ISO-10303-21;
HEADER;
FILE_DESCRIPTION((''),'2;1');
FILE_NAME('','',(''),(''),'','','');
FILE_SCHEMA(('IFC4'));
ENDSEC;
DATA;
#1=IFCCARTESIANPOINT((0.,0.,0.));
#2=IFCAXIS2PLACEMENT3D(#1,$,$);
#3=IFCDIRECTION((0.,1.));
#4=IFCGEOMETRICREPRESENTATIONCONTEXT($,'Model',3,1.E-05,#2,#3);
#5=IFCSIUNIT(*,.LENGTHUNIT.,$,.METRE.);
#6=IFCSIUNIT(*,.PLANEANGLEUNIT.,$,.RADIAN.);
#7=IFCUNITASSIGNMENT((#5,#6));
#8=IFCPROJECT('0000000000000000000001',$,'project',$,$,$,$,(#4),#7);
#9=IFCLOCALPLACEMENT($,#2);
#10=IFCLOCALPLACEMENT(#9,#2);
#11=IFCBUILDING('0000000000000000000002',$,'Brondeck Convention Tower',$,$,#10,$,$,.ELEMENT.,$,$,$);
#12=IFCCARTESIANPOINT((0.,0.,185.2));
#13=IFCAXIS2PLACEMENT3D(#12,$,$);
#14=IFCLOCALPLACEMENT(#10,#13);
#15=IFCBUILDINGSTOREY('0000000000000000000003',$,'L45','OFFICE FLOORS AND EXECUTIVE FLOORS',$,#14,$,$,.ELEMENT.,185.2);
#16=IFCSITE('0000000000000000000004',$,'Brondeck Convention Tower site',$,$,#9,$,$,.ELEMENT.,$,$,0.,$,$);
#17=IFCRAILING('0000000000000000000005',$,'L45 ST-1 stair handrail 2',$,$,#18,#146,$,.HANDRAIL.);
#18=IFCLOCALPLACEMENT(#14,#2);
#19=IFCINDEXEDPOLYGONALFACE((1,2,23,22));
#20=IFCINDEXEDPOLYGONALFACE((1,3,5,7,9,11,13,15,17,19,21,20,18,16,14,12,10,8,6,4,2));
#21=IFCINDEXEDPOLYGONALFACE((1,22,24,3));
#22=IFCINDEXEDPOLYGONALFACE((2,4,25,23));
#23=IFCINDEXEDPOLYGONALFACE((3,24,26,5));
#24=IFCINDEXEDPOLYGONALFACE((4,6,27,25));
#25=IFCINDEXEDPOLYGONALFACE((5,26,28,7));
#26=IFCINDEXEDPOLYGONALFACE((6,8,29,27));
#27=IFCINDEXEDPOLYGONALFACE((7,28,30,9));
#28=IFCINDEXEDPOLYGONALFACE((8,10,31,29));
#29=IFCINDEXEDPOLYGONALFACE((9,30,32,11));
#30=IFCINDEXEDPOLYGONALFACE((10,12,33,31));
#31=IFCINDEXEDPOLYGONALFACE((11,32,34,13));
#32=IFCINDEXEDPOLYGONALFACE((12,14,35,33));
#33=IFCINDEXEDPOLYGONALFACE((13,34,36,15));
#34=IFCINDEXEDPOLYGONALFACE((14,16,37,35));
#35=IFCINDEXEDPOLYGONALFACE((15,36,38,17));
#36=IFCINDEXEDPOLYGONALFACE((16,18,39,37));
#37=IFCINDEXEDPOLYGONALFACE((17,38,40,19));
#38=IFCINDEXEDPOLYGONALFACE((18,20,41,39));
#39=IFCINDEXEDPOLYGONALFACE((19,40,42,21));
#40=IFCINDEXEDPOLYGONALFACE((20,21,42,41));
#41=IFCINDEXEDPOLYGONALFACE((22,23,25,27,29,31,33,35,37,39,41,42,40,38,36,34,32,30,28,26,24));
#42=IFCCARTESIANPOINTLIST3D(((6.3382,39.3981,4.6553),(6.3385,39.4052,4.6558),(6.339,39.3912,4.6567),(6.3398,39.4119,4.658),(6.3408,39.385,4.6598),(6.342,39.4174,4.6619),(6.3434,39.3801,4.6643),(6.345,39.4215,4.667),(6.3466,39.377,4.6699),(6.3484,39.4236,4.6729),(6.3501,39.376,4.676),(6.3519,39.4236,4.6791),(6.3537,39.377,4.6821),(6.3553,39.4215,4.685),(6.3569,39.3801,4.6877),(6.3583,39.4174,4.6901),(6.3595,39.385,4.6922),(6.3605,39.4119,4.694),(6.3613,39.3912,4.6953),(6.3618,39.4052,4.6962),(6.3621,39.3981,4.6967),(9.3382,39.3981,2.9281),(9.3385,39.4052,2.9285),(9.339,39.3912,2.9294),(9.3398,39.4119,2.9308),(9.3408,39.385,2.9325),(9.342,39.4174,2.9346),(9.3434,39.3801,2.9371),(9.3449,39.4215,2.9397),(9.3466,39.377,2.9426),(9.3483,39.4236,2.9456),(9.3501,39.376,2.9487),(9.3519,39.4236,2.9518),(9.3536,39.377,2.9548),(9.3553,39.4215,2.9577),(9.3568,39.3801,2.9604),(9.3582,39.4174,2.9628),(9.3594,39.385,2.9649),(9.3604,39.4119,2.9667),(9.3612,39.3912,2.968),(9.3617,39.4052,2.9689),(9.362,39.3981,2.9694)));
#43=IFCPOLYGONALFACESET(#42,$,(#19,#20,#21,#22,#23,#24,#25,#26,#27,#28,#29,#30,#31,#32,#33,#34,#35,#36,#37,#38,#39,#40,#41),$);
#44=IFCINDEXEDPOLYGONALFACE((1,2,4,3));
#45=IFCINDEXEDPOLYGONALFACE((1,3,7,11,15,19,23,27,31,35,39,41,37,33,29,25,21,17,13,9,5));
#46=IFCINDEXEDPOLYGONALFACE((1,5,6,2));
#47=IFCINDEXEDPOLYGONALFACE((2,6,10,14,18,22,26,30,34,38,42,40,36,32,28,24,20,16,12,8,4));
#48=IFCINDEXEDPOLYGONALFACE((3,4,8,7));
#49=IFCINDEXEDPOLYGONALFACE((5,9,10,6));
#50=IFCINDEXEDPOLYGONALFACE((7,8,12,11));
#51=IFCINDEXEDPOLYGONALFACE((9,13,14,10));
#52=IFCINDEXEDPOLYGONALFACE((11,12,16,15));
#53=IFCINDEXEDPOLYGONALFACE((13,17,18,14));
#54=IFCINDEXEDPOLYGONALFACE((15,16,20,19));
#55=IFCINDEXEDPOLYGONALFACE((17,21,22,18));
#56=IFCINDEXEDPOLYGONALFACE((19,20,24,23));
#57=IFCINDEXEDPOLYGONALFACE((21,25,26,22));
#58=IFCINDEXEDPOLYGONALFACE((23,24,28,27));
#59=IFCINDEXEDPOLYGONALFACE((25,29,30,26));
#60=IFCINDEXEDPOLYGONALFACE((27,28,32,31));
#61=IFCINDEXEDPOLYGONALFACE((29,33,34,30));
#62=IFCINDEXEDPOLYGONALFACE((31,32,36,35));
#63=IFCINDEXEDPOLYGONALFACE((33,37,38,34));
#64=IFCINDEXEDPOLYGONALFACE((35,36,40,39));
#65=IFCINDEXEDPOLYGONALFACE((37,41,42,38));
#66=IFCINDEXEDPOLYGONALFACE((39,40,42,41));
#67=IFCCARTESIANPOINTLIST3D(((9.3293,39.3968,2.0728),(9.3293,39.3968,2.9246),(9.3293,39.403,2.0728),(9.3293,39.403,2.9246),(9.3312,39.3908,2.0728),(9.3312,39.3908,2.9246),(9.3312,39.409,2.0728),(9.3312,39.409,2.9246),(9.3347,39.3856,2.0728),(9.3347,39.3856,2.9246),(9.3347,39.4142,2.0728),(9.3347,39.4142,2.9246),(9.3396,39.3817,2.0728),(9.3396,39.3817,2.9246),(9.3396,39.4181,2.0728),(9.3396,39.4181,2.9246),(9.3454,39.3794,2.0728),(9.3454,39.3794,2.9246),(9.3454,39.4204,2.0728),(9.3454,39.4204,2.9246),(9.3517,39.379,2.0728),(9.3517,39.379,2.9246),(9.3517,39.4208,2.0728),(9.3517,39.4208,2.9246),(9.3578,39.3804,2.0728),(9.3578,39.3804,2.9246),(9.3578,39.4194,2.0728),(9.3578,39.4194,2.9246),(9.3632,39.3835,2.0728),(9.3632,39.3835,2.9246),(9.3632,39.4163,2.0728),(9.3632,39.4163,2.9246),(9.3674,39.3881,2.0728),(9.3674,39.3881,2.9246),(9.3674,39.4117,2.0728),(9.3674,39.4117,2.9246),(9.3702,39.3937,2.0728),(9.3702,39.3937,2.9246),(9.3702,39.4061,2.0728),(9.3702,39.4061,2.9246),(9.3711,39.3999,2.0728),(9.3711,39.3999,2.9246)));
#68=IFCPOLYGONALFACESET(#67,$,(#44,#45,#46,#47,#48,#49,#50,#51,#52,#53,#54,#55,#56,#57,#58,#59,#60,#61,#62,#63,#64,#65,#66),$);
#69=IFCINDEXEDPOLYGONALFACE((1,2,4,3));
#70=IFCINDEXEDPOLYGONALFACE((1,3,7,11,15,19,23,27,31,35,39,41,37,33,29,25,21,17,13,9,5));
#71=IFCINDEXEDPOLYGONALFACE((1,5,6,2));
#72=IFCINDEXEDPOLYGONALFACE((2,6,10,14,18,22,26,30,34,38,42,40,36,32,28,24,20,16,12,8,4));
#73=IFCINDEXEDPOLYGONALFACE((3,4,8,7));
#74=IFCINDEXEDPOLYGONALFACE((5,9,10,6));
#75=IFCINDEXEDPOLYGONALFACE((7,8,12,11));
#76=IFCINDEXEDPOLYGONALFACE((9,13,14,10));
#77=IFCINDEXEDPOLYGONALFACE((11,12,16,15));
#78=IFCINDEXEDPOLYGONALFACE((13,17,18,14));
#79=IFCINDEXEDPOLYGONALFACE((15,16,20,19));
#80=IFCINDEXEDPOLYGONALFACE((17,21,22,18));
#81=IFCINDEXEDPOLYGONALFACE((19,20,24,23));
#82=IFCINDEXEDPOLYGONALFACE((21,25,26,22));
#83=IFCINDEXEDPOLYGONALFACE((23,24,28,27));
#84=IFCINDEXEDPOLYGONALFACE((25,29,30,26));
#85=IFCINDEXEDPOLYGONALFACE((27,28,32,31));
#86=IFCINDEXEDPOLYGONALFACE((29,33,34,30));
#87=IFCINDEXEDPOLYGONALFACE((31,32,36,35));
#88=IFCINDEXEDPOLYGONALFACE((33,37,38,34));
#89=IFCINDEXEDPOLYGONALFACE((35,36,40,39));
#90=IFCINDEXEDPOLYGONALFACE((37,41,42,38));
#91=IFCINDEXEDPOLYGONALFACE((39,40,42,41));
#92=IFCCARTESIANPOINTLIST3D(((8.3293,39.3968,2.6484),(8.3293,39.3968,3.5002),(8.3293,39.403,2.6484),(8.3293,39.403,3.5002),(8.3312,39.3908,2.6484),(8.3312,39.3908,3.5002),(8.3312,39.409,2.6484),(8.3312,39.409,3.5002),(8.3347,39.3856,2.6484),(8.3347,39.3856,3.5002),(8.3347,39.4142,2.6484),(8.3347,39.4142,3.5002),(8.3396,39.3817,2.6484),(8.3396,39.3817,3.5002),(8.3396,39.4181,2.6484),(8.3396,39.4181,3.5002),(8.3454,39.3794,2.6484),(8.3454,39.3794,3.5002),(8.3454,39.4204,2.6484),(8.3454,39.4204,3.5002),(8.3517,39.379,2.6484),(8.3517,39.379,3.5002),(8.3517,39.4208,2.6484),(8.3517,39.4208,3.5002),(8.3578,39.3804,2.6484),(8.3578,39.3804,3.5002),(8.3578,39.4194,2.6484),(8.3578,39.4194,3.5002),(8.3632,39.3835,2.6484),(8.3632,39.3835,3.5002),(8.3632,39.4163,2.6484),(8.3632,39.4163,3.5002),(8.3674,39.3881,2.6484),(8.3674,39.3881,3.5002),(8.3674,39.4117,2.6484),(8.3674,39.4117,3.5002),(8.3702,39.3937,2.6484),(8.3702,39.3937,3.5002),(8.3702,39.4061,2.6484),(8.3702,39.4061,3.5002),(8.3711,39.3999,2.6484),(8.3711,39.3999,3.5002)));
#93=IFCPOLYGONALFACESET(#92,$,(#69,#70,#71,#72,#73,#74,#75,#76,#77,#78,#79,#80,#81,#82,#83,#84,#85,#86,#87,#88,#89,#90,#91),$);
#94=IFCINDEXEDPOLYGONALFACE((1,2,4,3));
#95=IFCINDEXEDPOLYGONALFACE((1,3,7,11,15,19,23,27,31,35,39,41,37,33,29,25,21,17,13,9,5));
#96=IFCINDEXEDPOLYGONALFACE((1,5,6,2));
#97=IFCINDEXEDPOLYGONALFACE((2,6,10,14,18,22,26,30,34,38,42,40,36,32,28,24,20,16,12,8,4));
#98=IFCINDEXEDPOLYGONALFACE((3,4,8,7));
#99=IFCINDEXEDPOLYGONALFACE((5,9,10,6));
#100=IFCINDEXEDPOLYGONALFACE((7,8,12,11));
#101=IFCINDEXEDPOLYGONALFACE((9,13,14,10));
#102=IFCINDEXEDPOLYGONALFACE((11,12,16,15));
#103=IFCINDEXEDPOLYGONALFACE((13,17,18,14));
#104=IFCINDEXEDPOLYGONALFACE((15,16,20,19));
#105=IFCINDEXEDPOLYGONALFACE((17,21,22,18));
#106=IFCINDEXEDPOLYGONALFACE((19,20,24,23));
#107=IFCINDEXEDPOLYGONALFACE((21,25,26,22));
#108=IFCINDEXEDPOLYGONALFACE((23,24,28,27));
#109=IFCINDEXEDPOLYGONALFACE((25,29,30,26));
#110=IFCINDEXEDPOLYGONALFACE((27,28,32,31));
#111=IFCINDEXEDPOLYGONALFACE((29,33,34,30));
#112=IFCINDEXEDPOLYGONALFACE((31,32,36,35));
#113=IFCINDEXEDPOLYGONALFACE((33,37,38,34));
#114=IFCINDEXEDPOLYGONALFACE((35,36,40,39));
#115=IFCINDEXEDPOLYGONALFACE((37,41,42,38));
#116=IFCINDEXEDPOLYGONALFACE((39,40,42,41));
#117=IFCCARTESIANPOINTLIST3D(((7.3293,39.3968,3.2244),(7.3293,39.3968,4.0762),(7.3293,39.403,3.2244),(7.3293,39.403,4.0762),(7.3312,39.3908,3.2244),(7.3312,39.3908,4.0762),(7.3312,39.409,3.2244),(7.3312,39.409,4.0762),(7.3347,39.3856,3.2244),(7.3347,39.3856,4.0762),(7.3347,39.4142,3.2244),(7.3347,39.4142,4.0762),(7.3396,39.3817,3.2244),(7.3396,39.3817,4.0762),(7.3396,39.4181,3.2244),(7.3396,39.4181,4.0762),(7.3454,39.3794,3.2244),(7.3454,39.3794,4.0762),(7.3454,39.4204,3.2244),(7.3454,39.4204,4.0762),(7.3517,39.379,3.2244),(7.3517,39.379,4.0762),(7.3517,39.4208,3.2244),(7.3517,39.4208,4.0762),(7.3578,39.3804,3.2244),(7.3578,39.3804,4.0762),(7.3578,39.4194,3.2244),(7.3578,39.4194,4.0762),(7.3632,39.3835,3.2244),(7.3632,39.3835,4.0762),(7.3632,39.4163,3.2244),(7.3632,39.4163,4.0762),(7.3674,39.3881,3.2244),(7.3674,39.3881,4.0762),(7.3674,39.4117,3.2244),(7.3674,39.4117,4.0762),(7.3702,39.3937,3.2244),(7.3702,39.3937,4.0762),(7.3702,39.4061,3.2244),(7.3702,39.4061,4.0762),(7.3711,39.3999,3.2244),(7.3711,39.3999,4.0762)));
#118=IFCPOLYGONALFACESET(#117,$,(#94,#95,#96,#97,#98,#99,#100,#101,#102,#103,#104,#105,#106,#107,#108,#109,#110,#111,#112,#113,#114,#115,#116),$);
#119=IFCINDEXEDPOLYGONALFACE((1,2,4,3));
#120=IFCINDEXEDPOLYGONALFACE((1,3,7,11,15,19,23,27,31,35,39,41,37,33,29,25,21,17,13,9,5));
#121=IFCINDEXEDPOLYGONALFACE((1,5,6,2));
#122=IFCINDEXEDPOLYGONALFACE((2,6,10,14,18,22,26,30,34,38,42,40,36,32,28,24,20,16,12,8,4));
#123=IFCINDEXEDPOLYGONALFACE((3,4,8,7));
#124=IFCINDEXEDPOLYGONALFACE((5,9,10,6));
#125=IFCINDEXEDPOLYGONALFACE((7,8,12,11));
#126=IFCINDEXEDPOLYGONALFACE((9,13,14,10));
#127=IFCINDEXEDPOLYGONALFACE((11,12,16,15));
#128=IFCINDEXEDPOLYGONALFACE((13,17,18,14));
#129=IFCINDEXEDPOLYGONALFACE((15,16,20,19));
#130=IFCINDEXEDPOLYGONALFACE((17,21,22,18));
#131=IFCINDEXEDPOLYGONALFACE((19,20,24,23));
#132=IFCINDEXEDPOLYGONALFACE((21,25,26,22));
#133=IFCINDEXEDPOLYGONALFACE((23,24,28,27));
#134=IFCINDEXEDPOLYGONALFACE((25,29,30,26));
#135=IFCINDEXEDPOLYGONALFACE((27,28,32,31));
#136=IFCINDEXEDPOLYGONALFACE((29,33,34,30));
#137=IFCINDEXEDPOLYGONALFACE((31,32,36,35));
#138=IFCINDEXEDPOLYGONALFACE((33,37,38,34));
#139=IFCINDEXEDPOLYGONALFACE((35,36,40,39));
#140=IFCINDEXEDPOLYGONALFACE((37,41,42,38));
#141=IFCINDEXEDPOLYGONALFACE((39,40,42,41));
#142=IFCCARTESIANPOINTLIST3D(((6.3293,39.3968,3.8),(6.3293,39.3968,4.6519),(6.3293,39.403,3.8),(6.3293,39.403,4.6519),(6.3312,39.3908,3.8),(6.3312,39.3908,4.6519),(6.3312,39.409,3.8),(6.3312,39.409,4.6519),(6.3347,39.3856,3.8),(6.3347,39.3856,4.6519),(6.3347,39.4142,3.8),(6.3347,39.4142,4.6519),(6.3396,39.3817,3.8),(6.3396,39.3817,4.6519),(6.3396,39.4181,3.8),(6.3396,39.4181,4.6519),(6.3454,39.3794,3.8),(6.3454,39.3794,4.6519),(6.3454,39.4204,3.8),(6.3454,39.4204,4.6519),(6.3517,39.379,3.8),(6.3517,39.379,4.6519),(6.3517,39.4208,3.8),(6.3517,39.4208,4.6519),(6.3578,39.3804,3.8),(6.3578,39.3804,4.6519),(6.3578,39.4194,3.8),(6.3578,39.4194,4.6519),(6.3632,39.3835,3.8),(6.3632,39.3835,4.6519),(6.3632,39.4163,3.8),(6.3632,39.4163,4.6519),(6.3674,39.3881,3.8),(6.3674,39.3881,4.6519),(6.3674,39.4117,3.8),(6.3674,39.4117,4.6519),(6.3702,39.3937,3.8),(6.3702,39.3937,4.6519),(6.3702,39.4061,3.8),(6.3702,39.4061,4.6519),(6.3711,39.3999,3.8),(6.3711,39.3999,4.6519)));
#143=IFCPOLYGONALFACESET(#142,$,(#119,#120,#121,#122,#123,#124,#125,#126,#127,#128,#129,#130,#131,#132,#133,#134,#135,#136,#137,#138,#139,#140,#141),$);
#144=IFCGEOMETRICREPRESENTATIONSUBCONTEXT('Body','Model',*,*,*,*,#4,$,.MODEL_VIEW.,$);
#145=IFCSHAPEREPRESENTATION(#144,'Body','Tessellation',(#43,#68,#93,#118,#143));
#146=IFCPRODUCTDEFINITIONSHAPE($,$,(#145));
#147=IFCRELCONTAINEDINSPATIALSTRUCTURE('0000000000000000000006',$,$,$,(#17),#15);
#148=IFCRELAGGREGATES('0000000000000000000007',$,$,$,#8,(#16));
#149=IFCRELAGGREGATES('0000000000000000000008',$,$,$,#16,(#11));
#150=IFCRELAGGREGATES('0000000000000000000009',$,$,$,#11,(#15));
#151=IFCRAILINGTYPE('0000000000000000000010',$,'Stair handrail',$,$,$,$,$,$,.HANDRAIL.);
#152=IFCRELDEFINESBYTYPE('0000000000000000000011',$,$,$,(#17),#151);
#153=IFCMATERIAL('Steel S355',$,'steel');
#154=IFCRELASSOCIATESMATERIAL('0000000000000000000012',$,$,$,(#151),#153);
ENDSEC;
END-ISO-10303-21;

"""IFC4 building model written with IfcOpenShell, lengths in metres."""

from ifc_helpers import new_model, si_unit, direction, frame, origin, origin_2d, place, context, subcontext, project, spatial, circle, extrude, material, type_object, element, save


model = new_model("IFC4")

# Units and contexts
model_context = context("Model", 3, precision=1e-05, world=origin(), true_north=direction((0.0, 1.0)))
body_context = subcontext(model_context, "Body", "Model", "MODEL_VIEW")
ifc_project = project(units=[si_unit("LENGTHUNIT", "METRE"), si_unit("PLANEANGLEUNIT", "RADIAN")], contexts=[model_context])

# Site, building, storey
site_placement = place(None, origin())
site = spatial("IfcSite", under=ifc_project, at=site_placement, Name="Brondeck Convention Tower site", CompositionType="ELEMENT", RefElevation=0.0)
building_placement = place(site_placement, origin())
building = spatial("IfcBuilding", under=site, at=building_placement, Name="Brondeck Convention Tower", CompositionType="ELEMENT")
storey_placement = place(building_placement, frame((0.0, 0.0, 185.2)))
storey = spatial("IfcBuildingStorey", under=building, at=storey_placement, Name="L45", Description="OFFICE FLOORS AND EXECUTIVE FLOORS", CompositionType="ELEMENT", Elevation=185.2)

# Shared definitions
ifc_material_1 = material(Name="Steel S355", Category="steel")

# Railing
railing_type_1 = type_object("IfcRailingType", Name="Stair handrail", PredefinedType="HANDRAIL", material=ifc_material_1)
railing_1_placement = place(storey_placement, frame((9.3501, 39.3999, 2.0728)))
element("IfcRailing", 1, at=railing_1_placement, inside=storey, type_object=railing_type_1, Name="L45 ST-1 stair handrail 2", PredefinedType="HANDRAIL", context=body_context, shape_type="SweptSolid", body=[
    extrude(circle(Radius=0.0239, at=origin_2d()), frame((0.0, 0.0, 0.876), z_axis=(-0.86662, 0.0, 0.498969), x_axis=(0.0, -1.0, 0.0)), (0.0, 0.0, 1.0), 3.4617),
    extrude(circle(Radius=0.021, at=origin_2d()), origin(), (0.0, 0.0, 1.0), 0.8518),
    extrude(circle(Radius=0.021, at=origin_2d()), frame((-1.0, 0.0, 0.5757)), (0.0, 0.0, 1.0), 0.8518),
    extrude(circle(Radius=0.021, at=origin_2d()), frame((-2.0, 0.0, 1.1516)), (0.0, 0.0, 1.0), 0.8518),
    extrude(circle(Radius=0.021, at=origin_2d()), frame((-3.0, 0.0, 1.7273)), (0.0, 0.0, 1.0), 0.8518),
])

save(model, "model.ifc")
